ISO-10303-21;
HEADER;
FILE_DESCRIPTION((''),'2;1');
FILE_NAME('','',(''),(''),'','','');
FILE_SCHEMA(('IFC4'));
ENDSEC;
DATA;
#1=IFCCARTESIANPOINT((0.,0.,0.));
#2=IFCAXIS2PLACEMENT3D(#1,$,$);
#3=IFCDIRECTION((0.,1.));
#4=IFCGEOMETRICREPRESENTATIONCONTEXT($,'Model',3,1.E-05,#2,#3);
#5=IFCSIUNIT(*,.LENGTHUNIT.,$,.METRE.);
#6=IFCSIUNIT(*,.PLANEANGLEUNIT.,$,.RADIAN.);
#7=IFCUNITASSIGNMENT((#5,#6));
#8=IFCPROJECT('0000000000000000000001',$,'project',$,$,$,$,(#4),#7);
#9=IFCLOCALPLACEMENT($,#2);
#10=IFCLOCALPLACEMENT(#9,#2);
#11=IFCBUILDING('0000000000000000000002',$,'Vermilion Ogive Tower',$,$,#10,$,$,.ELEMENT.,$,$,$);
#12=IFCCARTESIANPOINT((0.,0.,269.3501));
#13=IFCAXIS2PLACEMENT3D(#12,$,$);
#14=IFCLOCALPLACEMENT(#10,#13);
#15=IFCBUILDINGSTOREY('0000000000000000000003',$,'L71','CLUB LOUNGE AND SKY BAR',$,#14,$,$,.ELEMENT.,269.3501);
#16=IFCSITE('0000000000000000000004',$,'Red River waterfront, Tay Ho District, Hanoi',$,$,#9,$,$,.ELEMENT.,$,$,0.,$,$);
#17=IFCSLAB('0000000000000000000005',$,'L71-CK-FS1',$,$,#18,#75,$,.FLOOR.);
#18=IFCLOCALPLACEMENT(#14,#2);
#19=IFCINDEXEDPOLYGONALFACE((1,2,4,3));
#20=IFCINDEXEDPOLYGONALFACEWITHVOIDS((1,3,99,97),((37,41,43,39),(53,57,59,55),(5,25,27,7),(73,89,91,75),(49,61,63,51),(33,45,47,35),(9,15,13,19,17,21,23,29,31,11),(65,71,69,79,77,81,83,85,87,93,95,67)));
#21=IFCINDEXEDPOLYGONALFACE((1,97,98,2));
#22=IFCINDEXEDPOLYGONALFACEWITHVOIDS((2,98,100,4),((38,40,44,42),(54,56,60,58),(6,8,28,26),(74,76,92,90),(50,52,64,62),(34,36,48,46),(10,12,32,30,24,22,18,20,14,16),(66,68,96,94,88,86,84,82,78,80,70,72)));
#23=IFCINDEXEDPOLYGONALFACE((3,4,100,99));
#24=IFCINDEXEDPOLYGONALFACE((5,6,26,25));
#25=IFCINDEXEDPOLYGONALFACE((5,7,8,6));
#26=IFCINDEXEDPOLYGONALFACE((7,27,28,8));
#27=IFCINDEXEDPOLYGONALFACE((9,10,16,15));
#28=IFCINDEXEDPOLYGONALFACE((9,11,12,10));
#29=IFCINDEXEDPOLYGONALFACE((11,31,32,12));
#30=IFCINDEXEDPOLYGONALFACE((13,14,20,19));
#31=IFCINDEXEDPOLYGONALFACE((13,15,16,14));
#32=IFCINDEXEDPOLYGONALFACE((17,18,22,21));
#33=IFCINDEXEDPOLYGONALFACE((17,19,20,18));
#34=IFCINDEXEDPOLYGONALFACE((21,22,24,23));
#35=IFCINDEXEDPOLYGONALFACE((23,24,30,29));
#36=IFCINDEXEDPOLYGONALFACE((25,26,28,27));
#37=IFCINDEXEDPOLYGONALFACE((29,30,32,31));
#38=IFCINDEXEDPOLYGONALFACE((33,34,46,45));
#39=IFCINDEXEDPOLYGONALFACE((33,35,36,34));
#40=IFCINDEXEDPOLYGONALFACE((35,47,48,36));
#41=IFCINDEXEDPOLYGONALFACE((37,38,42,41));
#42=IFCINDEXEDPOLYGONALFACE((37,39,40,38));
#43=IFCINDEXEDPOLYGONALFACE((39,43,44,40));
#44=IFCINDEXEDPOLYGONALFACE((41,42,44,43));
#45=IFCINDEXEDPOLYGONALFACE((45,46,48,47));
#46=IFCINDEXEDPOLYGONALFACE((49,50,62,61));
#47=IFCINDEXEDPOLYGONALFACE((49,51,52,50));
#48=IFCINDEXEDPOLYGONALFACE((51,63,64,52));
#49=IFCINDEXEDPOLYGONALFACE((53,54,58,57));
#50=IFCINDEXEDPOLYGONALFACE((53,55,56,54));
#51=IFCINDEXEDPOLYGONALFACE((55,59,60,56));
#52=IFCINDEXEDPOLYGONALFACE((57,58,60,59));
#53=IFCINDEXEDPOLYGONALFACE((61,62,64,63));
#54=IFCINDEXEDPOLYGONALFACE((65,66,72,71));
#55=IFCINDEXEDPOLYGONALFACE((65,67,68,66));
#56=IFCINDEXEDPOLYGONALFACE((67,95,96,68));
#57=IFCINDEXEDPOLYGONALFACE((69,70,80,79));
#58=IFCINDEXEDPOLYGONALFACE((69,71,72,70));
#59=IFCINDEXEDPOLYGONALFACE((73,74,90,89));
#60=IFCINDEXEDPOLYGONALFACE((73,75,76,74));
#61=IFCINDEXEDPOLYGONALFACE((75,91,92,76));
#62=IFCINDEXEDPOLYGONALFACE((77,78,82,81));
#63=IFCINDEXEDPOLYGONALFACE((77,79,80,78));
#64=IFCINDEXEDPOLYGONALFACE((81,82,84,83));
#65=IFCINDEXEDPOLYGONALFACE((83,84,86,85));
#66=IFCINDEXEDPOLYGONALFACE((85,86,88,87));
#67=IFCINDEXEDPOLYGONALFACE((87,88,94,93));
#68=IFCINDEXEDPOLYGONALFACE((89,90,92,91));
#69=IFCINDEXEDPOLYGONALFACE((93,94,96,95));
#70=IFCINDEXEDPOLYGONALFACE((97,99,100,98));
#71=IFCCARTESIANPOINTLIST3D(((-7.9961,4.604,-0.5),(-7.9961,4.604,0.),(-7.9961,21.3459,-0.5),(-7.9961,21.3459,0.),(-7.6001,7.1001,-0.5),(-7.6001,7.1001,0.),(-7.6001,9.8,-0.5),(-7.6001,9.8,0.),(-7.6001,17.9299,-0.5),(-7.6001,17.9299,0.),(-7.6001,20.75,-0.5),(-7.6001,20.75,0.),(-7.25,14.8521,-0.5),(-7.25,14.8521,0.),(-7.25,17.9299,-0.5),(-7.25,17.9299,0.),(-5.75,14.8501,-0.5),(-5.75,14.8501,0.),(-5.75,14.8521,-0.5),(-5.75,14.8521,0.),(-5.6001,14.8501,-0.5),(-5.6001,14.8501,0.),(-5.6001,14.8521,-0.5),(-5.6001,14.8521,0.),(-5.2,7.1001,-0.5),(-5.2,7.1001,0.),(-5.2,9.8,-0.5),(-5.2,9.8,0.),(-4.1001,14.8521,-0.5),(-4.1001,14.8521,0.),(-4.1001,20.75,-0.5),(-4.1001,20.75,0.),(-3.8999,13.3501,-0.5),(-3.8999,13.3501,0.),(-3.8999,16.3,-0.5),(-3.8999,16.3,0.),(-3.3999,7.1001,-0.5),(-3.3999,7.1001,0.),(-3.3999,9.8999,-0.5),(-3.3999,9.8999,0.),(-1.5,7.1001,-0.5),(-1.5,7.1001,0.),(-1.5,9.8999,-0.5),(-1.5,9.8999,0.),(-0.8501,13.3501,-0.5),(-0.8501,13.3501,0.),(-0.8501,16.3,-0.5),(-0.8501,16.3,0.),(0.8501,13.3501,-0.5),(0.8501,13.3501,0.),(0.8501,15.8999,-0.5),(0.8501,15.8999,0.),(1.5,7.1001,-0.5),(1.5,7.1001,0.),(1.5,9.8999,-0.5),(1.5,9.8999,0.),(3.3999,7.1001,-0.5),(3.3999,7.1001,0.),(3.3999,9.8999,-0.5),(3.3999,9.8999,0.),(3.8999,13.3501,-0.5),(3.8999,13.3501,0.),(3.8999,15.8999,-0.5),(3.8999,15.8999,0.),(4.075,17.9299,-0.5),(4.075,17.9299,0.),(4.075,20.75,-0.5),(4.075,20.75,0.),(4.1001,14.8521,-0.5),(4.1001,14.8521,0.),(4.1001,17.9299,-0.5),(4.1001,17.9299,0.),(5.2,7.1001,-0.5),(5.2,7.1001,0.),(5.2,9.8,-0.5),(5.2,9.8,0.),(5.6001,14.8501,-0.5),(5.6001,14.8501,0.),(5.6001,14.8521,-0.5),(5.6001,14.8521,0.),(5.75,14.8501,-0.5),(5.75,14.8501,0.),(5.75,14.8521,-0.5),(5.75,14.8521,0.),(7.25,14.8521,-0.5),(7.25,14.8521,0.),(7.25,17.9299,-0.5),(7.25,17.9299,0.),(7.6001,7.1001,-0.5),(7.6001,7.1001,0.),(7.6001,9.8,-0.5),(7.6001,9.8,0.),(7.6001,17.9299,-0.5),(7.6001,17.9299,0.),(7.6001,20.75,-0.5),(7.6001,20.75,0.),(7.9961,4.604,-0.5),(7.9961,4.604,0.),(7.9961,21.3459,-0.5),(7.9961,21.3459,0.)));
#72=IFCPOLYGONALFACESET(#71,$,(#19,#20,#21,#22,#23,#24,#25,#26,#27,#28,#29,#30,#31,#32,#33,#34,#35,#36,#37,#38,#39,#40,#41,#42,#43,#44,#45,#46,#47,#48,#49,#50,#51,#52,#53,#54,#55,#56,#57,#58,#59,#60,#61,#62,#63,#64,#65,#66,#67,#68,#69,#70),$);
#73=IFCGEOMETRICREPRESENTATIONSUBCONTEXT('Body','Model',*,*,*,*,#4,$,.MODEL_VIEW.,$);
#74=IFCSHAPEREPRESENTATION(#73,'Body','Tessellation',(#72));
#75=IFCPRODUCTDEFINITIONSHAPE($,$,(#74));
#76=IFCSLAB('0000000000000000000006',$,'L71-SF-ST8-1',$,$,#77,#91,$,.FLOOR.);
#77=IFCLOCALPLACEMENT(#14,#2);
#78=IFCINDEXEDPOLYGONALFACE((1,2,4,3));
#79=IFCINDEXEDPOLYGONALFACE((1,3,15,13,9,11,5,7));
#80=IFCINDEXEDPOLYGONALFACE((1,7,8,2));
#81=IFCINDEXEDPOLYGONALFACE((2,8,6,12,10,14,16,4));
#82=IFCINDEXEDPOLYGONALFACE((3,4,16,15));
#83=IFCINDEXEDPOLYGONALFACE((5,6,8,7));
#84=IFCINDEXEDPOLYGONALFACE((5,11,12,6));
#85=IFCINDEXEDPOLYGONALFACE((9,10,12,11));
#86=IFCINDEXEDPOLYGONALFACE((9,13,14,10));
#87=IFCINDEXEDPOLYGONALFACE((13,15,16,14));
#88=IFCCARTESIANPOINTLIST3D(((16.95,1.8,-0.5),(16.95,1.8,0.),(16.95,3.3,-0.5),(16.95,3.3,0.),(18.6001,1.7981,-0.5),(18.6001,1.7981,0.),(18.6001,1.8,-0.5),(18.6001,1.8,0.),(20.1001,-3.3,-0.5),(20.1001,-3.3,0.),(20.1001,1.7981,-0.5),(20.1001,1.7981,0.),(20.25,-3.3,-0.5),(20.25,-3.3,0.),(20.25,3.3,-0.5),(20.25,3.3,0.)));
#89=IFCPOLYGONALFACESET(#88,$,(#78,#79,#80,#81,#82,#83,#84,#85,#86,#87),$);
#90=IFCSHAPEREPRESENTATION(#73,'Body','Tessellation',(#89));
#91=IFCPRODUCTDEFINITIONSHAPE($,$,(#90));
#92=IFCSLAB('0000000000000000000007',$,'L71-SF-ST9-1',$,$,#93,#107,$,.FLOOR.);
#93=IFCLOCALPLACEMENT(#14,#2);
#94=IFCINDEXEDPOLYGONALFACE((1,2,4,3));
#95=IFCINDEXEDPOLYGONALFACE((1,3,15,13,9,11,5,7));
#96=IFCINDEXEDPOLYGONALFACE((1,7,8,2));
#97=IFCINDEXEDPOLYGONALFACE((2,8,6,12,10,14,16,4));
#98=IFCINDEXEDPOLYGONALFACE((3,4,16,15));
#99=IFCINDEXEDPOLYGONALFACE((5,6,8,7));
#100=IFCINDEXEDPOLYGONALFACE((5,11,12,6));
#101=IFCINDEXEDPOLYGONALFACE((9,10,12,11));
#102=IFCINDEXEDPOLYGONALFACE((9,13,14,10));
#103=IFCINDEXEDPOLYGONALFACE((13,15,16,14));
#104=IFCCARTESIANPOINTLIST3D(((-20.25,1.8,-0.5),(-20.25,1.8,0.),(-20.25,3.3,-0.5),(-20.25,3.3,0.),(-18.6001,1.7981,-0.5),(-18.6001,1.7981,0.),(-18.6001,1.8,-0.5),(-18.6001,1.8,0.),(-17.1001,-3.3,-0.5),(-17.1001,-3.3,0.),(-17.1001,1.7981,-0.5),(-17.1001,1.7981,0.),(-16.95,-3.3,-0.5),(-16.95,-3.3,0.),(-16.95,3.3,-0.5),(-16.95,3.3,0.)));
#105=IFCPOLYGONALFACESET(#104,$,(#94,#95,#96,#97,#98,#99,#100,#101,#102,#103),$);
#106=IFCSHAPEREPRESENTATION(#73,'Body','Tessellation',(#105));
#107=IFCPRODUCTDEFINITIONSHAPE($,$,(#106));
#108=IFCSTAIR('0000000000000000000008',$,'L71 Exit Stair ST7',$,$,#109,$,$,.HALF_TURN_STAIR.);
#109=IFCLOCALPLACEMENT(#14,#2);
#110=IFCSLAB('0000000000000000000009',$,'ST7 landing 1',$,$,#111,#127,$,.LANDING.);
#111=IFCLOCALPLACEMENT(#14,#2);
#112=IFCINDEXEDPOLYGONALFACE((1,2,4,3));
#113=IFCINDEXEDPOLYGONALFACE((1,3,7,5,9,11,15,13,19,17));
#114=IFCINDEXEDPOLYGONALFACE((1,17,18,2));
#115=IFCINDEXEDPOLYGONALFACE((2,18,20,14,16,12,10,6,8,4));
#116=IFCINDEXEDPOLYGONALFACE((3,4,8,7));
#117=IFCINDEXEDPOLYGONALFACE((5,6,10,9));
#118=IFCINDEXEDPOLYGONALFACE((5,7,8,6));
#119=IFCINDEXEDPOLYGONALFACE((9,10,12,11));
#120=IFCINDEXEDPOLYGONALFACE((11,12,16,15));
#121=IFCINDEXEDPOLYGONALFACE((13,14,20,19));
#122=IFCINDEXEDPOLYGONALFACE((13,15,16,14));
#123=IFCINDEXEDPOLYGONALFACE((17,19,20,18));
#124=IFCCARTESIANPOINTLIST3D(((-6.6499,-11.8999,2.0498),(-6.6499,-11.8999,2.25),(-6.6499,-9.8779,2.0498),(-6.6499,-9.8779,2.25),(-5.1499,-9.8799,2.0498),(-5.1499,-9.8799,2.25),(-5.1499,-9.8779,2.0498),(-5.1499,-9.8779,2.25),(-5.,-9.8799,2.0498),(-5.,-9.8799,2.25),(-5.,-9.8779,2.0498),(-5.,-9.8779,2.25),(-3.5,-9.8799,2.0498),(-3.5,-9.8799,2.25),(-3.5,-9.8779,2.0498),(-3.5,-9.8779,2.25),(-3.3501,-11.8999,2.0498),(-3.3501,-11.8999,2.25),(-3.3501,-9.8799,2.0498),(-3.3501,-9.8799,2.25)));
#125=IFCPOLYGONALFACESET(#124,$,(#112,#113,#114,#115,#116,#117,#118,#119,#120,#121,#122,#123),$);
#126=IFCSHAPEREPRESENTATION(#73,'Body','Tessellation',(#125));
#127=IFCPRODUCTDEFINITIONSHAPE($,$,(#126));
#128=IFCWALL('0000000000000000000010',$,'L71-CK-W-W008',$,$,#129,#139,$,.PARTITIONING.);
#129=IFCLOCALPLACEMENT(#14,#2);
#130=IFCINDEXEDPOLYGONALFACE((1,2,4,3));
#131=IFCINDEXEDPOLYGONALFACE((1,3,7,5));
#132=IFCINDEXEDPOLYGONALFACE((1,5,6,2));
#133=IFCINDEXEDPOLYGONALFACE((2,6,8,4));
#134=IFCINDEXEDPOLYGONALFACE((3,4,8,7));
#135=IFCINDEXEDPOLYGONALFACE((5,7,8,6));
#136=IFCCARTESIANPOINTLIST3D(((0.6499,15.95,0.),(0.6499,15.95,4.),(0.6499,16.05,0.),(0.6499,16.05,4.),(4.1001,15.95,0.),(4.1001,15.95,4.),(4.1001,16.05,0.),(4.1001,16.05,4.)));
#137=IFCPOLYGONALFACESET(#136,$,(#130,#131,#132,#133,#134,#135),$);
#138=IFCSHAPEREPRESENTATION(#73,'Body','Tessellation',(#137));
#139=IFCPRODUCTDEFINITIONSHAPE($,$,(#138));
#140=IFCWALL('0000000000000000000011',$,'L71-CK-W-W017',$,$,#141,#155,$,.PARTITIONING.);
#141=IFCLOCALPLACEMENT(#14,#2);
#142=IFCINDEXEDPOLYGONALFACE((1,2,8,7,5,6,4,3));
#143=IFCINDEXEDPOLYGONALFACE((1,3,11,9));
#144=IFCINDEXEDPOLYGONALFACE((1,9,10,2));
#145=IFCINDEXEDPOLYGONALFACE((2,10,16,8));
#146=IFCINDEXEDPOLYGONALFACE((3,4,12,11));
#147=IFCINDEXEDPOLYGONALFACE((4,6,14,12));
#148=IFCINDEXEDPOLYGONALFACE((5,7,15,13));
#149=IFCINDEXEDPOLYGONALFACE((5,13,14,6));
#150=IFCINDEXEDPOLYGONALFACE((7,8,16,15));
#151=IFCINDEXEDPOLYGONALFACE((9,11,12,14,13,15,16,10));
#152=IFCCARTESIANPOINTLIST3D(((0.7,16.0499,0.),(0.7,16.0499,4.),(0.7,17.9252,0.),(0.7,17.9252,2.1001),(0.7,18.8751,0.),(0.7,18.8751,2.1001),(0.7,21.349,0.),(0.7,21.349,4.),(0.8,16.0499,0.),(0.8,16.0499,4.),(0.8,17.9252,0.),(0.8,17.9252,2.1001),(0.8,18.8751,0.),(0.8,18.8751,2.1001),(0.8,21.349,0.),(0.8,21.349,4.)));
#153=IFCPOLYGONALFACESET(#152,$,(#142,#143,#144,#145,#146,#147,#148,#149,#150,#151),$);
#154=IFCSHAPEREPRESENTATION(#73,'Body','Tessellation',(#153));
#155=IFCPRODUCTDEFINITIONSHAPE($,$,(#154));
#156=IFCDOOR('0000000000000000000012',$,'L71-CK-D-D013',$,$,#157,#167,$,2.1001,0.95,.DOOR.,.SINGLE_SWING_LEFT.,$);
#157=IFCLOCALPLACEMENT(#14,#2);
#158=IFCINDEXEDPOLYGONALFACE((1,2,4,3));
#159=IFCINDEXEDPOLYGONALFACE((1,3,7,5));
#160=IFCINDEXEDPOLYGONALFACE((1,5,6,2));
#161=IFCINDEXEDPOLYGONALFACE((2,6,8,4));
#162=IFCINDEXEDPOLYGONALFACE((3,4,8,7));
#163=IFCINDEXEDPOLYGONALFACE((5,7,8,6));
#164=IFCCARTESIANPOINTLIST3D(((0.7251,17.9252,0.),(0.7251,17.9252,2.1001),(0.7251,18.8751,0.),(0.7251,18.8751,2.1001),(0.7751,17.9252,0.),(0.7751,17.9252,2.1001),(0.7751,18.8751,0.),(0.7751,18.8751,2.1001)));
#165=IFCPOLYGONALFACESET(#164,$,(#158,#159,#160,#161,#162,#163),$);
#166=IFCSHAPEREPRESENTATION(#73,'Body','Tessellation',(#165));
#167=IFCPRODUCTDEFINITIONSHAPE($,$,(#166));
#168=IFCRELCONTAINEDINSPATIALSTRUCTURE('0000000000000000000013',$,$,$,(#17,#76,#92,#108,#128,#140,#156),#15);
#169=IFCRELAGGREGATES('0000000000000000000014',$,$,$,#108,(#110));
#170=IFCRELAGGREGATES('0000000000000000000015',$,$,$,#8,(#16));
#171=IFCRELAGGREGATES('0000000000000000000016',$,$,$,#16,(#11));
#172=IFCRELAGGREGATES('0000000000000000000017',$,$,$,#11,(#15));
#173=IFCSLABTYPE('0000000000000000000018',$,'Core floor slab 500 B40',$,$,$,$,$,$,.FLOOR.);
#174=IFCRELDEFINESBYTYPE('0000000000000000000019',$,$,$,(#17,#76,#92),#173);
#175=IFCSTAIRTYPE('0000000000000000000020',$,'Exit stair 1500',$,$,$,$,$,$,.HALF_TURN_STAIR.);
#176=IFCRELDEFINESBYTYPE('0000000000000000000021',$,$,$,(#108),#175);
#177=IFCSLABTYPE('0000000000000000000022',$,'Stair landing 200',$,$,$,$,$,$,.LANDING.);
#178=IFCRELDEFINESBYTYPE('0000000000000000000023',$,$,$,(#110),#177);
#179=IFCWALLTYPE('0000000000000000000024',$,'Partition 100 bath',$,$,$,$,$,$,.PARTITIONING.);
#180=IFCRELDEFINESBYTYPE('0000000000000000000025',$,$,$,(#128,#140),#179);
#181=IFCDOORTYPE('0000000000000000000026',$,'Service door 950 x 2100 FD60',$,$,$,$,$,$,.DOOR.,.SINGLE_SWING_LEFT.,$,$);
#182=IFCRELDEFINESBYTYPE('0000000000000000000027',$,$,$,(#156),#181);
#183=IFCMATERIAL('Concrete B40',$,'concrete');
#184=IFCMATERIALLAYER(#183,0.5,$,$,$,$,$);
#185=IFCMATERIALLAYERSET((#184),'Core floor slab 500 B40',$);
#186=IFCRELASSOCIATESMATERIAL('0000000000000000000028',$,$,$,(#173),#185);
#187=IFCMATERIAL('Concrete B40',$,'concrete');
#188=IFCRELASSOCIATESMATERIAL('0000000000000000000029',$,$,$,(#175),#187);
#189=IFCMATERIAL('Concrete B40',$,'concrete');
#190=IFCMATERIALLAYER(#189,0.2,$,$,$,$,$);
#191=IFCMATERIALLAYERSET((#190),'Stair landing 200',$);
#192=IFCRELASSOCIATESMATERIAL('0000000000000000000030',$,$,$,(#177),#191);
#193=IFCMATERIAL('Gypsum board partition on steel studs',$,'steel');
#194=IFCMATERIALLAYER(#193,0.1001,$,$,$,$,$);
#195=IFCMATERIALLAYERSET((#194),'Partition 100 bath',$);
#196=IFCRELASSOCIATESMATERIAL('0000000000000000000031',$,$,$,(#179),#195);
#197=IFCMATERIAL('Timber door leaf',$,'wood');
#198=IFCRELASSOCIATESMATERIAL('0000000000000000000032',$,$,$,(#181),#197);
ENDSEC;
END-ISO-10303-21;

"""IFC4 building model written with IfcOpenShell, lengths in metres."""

from ifc_helpers import new_model, si_unit, direction, frame, frame_2d, origin, place, context, subcontext, project, spatial, polyline, rectangle, outline, extrude, material, layer, layer_set, type_object, element, fill, aggregate, save


model = new_model("IFC4")

# Units and contexts
model_context = context("Model", 3, precision=1e-05, world=origin(), true_north=direction((0.0, 1.0)))
body_context = subcontext(model_context, "Body", "Model", "MODEL_VIEW")
ifc_project = project(units=[si_unit("LENGTHUNIT", "METRE"), si_unit("PLANEANGLEUNIT", "RADIAN")], contexts=[model_context])

# Site, building, storey
site_placement = place(None, origin())
site = spatial("IfcSite", under=ifc_project, at=site_placement, Name="Red River waterfront, Tay Ho District, Hanoi", CompositionType="ELEMENT", RefElevation=0.0)
building_placement = place(site_placement, origin())
building = spatial("IfcBuilding", under=site, at=building_placement, Name="Vermilion Ogive Tower", CompositionType="ELEMENT")
storey_placement = place(building_placement, frame((0.0, 0.0, 269.3501)))
storey = spatial("IfcBuildingStorey", under=building, at=storey_placement, Name="L71", Description="CLUB LOUNGE AND SKY BAR", CompositionType="ELEMENT", Elevation=269.3501)

# Slabs
ifc_material_1 = material(Name="Concrete B40", Category="concrete")
ifc_layer_1 = layer(ifc_material_1, 0.5)
ifc_layer_set_1 = layer_set([ifc_layer_1], Name="Core floor slab 500 B40")
slab_type_1 = type_object("IfcSlabType", Name="Core floor slab 500 B40", PredefinedType="FLOOR", material=ifc_layer_set_1)
slab_1_placement = place(storey_placement, frame((0.0, 0.0, -0.5)))
element("IfcSlab", 1, at=slab_1_placement, inside=storey, type_object=slab_type_1, Name="L71-CK-FS1", PredefinedType="FLOOR", context=body_context, shape_type="SweptSolid", body=[
    extrude(outline(polyline([(-7.9961, 4.604), (7.9961, 4.604), (7.9961, 21.3459), (-7.9961, 21.3459), (-7.9961, 4.604)]), holes=[polyline([(-7.6001, 7.1001), (-7.6001, 9.8), (-5.2, 9.8), (-5.2, 7.1001), (-7.6001, 7.1001)]), polyline([(-3.3999, 7.1001), (-3.3999, 9.8999), (-1.5, 9.8999), (-1.5, 7.1001), (-3.3999, 7.1001)]), polyline([(-7.6001, 17.9299), (-7.6001, 20.75), (-4.1001, 20.75), (-4.1001, 14.8521), (-5.6001, 14.8521), (-5.6001, 14.8501), (-5.75, 14.8501), (-5.75, 14.8521), (-7.25, 14.8521), (-7.25, 17.9299), (-7.6001, 17.9299)]), polyline([(5.2, 7.1001), (5.2, 9.8), (7.6001, 9.8), (7.6001, 7.1001), (5.2, 7.1001)]), polyline([(1.5, 7.1001), (1.5, 9.8999), (3.3999, 9.8999), (3.3999, 7.1001), (1.5, 7.1001)]), polyline([(0.8501, 13.3501), (0.8501, 15.8999), (3.8999, 15.8999), (3.8999, 13.3501), (0.8501, 13.3501)]), polyline([(-3.8999, 13.3501), (-3.8999, 16.3), (-0.8501, 16.3), (-0.8501, 13.3501), (-3.8999, 13.3501)]), polyline([(5.75, 14.8501), (5.6001, 14.8501), (5.6001, 14.8521), (4.1001, 14.8521), (4.1001, 17.9299), (4.075, 17.9299), (4.075, 20.75), (7.6001, 20.75), (7.6001, 17.9299), (7.25, 17.9299), (7.25, 14.8521), (5.75, 14.8521), (5.75, 14.8501)])]), origin(), (0.0, 0.0, 1.0), 0.5),
])
slab_2_placement = place(storey_placement, frame((0.0, 0.0, -0.5)))
element("IfcSlab", 2, at=slab_2_placement, inside=storey, type_object=slab_type_1, Name="L71-SF-ST8-1", PredefinedType="FLOOR", context=body_context, shape_type="SweptSolid", body=[
    extrude(outline(polyline([(20.25, 3.3), (16.95, 3.3), (16.95, 1.8), (18.6001, 1.8), (18.6001, 1.7981), (20.1001, 1.7981), (20.1001, -3.3), (20.25, -3.3), (20.25, 3.3)])), origin(), (0.0, 0.0, 1.0), 0.5),
])
slab_3_placement = place(storey_placement, frame((0.0, 0.0, -0.5)))
element("IfcSlab", 3, at=slab_3_placement, inside=storey, type_object=slab_type_1, Name="L71-SF-ST9-1", PredefinedType="FLOOR", context=body_context, shape_type="SweptSolid", body=[
    extrude(outline(polyline([(-16.95, 3.3), (-20.25, 3.3), (-20.25, 1.8), (-18.6001, 1.8), (-18.6001, 1.7981), (-17.1001, 1.7981), (-17.1001, -3.3), (-16.95, -3.3), (-16.95, 3.3)])), origin(), (0.0, 0.0, 1.0), 0.5),
])

# Stair, slab
ifc_material_2 = material(Name="Concrete B40", Category="concrete")
stair_type = type_object("IfcStairType", Name="Exit stair 1500", PredefinedType="HALF_TURN_STAIR", material=ifc_material_2)
stair_1_placement = place(storey_placement, origin())
stair_1 = element("IfcStair", 4, at=stair_1_placement, inside=storey, type_object=stair_type, Name="L71 Exit Stair ST7", PredefinedType="HALF_TURN_STAIR")
ifc_material_3 = material(Name="Concrete B40", Category="concrete")
ifc_layer_2 = layer(ifc_material_3, 0.2)
ifc_layer_set_2 = layer_set([ifc_layer_2], Name="Stair landing 200")
slab_type_2 = type_object("IfcSlabType", Name="Stair landing 200", PredefinedType="LANDING", material=ifc_layer_set_2)
slab_4_placement = place(storey_placement, frame((0.0, 0.0, 2.0498)))
slab_4 = element("IfcSlab", 5, at=slab_4_placement, type_object=slab_type_2, Name="ST7 landing 1", PredefinedType="LANDING", context=body_context, shape_type="SweptSolid", body=[
    extrude(outline(polyline([(-3.3501, -9.8799), (-3.5, -9.8799), (-3.5, -9.8779), (-5.0, -9.8779), (-5.0, -9.8799), (-5.1499, -9.8799), (-5.1499, -9.8779), (-6.6499, -9.8779), (-6.6499, -11.8999), (-3.3501, -11.8999), (-3.3501, -9.8799)])), origin(), (0.0, 0.0, 1.0), 0.2002),
])
aggregate(stair_1, [slab_4])

# Wall
ifc_material_4 = material(Name="Gypsum board partition on steel studs", Category="steel")
ifc_layer_3 = layer(ifc_material_4, 0.1001)
ifc_layer_set_3 = layer_set([ifc_layer_3], Name="Partition 100 bath")
wall_type_1 = type_object("IfcWallType", Name="Partition 100 bath", PredefinedType="PARTITIONING", material=ifc_layer_set_3)
wall_1_placement = place(storey_placement, frame((0.6499, 16.0, 0.0), z_axis=(0.0, 0.0, 1.0), x_axis=(1.0, 0.0, 0.0)))
element("IfcWall", 6, at=wall_1_placement, inside=storey, type_object=wall_type_1, Name="L71-CK-W-W008", PredefinedType="PARTITIONING", context=body_context, shape_type="SweptSolid", body=[
    extrude(rectangle(XDim=3.4502, YDim=0.1001, at=frame_2d((1.7251, 0.0))), origin(), (0.0, 0.0, 1.0), 4.0),
])

# Wall, opening, door
wall_2_placement = place(storey_placement, frame((0.75, 16.05, 0.0), z_axis=(0.0, 0.0, 1.0), x_axis=(0.0, 1.0, 0.0)))
wall_2 = element("IfcWall", 7, at=wall_2_placement, inside=storey, type_object=wall_type_1, Name="L71-CK-W-W017", PredefinedType="PARTITIONING", context=body_context, shape_type="SweptSolid", body=[
    extrude(rectangle(XDim=5.2991, YDim=0.1001, at=frame_2d((2.6494, 0.0))), origin(), (0.0, 0.0, 1.0), 4.0),
])
opening_1_placement = place(wall_2_placement, frame((1.875, 0.0, 0.0)))
opening_1 = element("IfcOpeningElement", 8, at=opening_1_placement, cuts=wall_2, PredefinedType="OPENING", context=body_context, shape_type="SweptSolid", body=[
    extrude(rectangle(XDim=0.95, YDim=2.1001, at=frame_2d((0.4751, 1.05))), frame((0.0, 0.0601, 0.0), z_axis=(0.0, -1.0, 0.0), x_axis=(1.0, 0.0, 0.0)), (0.0, 0.0, 1.0), 0.1201),
])
ifc_material_5 = material(Name="Timber door leaf", Category="wood")
door_type_1 = type_object("IfcDoorType", Name="Service door 950 x 2100 FD60", OperationType="SINGLE_SWING_LEFT", PredefinedType="DOOR", material=ifc_material_5)
door_1_placement = place(opening_1_placement, origin())
door_1 = element("IfcDoor", 9, at=door_1_placement, inside=storey, type_object=door_type_1, Name="L71-CK-D-D013", OperationType="SINGLE_SWING_LEFT", OverallHeight=2.1001, OverallWidth=0.95, PredefinedType="DOOR", context=body_context, shape_type="SweptSolid", body=[
    extrude(rectangle(XDim=0.95, YDim=2.1001, at=frame_2d((0.4751, 1.05))), frame((0.0, 0.0249, 0.0), z_axis=(0.0, -1.0, 0.0), x_axis=(1.0, 0.0, 0.0)), (0.0, 0.0, 1.0), 0.05),
])
fill(opening_1, door_1)

save(model, "model.ifc")
